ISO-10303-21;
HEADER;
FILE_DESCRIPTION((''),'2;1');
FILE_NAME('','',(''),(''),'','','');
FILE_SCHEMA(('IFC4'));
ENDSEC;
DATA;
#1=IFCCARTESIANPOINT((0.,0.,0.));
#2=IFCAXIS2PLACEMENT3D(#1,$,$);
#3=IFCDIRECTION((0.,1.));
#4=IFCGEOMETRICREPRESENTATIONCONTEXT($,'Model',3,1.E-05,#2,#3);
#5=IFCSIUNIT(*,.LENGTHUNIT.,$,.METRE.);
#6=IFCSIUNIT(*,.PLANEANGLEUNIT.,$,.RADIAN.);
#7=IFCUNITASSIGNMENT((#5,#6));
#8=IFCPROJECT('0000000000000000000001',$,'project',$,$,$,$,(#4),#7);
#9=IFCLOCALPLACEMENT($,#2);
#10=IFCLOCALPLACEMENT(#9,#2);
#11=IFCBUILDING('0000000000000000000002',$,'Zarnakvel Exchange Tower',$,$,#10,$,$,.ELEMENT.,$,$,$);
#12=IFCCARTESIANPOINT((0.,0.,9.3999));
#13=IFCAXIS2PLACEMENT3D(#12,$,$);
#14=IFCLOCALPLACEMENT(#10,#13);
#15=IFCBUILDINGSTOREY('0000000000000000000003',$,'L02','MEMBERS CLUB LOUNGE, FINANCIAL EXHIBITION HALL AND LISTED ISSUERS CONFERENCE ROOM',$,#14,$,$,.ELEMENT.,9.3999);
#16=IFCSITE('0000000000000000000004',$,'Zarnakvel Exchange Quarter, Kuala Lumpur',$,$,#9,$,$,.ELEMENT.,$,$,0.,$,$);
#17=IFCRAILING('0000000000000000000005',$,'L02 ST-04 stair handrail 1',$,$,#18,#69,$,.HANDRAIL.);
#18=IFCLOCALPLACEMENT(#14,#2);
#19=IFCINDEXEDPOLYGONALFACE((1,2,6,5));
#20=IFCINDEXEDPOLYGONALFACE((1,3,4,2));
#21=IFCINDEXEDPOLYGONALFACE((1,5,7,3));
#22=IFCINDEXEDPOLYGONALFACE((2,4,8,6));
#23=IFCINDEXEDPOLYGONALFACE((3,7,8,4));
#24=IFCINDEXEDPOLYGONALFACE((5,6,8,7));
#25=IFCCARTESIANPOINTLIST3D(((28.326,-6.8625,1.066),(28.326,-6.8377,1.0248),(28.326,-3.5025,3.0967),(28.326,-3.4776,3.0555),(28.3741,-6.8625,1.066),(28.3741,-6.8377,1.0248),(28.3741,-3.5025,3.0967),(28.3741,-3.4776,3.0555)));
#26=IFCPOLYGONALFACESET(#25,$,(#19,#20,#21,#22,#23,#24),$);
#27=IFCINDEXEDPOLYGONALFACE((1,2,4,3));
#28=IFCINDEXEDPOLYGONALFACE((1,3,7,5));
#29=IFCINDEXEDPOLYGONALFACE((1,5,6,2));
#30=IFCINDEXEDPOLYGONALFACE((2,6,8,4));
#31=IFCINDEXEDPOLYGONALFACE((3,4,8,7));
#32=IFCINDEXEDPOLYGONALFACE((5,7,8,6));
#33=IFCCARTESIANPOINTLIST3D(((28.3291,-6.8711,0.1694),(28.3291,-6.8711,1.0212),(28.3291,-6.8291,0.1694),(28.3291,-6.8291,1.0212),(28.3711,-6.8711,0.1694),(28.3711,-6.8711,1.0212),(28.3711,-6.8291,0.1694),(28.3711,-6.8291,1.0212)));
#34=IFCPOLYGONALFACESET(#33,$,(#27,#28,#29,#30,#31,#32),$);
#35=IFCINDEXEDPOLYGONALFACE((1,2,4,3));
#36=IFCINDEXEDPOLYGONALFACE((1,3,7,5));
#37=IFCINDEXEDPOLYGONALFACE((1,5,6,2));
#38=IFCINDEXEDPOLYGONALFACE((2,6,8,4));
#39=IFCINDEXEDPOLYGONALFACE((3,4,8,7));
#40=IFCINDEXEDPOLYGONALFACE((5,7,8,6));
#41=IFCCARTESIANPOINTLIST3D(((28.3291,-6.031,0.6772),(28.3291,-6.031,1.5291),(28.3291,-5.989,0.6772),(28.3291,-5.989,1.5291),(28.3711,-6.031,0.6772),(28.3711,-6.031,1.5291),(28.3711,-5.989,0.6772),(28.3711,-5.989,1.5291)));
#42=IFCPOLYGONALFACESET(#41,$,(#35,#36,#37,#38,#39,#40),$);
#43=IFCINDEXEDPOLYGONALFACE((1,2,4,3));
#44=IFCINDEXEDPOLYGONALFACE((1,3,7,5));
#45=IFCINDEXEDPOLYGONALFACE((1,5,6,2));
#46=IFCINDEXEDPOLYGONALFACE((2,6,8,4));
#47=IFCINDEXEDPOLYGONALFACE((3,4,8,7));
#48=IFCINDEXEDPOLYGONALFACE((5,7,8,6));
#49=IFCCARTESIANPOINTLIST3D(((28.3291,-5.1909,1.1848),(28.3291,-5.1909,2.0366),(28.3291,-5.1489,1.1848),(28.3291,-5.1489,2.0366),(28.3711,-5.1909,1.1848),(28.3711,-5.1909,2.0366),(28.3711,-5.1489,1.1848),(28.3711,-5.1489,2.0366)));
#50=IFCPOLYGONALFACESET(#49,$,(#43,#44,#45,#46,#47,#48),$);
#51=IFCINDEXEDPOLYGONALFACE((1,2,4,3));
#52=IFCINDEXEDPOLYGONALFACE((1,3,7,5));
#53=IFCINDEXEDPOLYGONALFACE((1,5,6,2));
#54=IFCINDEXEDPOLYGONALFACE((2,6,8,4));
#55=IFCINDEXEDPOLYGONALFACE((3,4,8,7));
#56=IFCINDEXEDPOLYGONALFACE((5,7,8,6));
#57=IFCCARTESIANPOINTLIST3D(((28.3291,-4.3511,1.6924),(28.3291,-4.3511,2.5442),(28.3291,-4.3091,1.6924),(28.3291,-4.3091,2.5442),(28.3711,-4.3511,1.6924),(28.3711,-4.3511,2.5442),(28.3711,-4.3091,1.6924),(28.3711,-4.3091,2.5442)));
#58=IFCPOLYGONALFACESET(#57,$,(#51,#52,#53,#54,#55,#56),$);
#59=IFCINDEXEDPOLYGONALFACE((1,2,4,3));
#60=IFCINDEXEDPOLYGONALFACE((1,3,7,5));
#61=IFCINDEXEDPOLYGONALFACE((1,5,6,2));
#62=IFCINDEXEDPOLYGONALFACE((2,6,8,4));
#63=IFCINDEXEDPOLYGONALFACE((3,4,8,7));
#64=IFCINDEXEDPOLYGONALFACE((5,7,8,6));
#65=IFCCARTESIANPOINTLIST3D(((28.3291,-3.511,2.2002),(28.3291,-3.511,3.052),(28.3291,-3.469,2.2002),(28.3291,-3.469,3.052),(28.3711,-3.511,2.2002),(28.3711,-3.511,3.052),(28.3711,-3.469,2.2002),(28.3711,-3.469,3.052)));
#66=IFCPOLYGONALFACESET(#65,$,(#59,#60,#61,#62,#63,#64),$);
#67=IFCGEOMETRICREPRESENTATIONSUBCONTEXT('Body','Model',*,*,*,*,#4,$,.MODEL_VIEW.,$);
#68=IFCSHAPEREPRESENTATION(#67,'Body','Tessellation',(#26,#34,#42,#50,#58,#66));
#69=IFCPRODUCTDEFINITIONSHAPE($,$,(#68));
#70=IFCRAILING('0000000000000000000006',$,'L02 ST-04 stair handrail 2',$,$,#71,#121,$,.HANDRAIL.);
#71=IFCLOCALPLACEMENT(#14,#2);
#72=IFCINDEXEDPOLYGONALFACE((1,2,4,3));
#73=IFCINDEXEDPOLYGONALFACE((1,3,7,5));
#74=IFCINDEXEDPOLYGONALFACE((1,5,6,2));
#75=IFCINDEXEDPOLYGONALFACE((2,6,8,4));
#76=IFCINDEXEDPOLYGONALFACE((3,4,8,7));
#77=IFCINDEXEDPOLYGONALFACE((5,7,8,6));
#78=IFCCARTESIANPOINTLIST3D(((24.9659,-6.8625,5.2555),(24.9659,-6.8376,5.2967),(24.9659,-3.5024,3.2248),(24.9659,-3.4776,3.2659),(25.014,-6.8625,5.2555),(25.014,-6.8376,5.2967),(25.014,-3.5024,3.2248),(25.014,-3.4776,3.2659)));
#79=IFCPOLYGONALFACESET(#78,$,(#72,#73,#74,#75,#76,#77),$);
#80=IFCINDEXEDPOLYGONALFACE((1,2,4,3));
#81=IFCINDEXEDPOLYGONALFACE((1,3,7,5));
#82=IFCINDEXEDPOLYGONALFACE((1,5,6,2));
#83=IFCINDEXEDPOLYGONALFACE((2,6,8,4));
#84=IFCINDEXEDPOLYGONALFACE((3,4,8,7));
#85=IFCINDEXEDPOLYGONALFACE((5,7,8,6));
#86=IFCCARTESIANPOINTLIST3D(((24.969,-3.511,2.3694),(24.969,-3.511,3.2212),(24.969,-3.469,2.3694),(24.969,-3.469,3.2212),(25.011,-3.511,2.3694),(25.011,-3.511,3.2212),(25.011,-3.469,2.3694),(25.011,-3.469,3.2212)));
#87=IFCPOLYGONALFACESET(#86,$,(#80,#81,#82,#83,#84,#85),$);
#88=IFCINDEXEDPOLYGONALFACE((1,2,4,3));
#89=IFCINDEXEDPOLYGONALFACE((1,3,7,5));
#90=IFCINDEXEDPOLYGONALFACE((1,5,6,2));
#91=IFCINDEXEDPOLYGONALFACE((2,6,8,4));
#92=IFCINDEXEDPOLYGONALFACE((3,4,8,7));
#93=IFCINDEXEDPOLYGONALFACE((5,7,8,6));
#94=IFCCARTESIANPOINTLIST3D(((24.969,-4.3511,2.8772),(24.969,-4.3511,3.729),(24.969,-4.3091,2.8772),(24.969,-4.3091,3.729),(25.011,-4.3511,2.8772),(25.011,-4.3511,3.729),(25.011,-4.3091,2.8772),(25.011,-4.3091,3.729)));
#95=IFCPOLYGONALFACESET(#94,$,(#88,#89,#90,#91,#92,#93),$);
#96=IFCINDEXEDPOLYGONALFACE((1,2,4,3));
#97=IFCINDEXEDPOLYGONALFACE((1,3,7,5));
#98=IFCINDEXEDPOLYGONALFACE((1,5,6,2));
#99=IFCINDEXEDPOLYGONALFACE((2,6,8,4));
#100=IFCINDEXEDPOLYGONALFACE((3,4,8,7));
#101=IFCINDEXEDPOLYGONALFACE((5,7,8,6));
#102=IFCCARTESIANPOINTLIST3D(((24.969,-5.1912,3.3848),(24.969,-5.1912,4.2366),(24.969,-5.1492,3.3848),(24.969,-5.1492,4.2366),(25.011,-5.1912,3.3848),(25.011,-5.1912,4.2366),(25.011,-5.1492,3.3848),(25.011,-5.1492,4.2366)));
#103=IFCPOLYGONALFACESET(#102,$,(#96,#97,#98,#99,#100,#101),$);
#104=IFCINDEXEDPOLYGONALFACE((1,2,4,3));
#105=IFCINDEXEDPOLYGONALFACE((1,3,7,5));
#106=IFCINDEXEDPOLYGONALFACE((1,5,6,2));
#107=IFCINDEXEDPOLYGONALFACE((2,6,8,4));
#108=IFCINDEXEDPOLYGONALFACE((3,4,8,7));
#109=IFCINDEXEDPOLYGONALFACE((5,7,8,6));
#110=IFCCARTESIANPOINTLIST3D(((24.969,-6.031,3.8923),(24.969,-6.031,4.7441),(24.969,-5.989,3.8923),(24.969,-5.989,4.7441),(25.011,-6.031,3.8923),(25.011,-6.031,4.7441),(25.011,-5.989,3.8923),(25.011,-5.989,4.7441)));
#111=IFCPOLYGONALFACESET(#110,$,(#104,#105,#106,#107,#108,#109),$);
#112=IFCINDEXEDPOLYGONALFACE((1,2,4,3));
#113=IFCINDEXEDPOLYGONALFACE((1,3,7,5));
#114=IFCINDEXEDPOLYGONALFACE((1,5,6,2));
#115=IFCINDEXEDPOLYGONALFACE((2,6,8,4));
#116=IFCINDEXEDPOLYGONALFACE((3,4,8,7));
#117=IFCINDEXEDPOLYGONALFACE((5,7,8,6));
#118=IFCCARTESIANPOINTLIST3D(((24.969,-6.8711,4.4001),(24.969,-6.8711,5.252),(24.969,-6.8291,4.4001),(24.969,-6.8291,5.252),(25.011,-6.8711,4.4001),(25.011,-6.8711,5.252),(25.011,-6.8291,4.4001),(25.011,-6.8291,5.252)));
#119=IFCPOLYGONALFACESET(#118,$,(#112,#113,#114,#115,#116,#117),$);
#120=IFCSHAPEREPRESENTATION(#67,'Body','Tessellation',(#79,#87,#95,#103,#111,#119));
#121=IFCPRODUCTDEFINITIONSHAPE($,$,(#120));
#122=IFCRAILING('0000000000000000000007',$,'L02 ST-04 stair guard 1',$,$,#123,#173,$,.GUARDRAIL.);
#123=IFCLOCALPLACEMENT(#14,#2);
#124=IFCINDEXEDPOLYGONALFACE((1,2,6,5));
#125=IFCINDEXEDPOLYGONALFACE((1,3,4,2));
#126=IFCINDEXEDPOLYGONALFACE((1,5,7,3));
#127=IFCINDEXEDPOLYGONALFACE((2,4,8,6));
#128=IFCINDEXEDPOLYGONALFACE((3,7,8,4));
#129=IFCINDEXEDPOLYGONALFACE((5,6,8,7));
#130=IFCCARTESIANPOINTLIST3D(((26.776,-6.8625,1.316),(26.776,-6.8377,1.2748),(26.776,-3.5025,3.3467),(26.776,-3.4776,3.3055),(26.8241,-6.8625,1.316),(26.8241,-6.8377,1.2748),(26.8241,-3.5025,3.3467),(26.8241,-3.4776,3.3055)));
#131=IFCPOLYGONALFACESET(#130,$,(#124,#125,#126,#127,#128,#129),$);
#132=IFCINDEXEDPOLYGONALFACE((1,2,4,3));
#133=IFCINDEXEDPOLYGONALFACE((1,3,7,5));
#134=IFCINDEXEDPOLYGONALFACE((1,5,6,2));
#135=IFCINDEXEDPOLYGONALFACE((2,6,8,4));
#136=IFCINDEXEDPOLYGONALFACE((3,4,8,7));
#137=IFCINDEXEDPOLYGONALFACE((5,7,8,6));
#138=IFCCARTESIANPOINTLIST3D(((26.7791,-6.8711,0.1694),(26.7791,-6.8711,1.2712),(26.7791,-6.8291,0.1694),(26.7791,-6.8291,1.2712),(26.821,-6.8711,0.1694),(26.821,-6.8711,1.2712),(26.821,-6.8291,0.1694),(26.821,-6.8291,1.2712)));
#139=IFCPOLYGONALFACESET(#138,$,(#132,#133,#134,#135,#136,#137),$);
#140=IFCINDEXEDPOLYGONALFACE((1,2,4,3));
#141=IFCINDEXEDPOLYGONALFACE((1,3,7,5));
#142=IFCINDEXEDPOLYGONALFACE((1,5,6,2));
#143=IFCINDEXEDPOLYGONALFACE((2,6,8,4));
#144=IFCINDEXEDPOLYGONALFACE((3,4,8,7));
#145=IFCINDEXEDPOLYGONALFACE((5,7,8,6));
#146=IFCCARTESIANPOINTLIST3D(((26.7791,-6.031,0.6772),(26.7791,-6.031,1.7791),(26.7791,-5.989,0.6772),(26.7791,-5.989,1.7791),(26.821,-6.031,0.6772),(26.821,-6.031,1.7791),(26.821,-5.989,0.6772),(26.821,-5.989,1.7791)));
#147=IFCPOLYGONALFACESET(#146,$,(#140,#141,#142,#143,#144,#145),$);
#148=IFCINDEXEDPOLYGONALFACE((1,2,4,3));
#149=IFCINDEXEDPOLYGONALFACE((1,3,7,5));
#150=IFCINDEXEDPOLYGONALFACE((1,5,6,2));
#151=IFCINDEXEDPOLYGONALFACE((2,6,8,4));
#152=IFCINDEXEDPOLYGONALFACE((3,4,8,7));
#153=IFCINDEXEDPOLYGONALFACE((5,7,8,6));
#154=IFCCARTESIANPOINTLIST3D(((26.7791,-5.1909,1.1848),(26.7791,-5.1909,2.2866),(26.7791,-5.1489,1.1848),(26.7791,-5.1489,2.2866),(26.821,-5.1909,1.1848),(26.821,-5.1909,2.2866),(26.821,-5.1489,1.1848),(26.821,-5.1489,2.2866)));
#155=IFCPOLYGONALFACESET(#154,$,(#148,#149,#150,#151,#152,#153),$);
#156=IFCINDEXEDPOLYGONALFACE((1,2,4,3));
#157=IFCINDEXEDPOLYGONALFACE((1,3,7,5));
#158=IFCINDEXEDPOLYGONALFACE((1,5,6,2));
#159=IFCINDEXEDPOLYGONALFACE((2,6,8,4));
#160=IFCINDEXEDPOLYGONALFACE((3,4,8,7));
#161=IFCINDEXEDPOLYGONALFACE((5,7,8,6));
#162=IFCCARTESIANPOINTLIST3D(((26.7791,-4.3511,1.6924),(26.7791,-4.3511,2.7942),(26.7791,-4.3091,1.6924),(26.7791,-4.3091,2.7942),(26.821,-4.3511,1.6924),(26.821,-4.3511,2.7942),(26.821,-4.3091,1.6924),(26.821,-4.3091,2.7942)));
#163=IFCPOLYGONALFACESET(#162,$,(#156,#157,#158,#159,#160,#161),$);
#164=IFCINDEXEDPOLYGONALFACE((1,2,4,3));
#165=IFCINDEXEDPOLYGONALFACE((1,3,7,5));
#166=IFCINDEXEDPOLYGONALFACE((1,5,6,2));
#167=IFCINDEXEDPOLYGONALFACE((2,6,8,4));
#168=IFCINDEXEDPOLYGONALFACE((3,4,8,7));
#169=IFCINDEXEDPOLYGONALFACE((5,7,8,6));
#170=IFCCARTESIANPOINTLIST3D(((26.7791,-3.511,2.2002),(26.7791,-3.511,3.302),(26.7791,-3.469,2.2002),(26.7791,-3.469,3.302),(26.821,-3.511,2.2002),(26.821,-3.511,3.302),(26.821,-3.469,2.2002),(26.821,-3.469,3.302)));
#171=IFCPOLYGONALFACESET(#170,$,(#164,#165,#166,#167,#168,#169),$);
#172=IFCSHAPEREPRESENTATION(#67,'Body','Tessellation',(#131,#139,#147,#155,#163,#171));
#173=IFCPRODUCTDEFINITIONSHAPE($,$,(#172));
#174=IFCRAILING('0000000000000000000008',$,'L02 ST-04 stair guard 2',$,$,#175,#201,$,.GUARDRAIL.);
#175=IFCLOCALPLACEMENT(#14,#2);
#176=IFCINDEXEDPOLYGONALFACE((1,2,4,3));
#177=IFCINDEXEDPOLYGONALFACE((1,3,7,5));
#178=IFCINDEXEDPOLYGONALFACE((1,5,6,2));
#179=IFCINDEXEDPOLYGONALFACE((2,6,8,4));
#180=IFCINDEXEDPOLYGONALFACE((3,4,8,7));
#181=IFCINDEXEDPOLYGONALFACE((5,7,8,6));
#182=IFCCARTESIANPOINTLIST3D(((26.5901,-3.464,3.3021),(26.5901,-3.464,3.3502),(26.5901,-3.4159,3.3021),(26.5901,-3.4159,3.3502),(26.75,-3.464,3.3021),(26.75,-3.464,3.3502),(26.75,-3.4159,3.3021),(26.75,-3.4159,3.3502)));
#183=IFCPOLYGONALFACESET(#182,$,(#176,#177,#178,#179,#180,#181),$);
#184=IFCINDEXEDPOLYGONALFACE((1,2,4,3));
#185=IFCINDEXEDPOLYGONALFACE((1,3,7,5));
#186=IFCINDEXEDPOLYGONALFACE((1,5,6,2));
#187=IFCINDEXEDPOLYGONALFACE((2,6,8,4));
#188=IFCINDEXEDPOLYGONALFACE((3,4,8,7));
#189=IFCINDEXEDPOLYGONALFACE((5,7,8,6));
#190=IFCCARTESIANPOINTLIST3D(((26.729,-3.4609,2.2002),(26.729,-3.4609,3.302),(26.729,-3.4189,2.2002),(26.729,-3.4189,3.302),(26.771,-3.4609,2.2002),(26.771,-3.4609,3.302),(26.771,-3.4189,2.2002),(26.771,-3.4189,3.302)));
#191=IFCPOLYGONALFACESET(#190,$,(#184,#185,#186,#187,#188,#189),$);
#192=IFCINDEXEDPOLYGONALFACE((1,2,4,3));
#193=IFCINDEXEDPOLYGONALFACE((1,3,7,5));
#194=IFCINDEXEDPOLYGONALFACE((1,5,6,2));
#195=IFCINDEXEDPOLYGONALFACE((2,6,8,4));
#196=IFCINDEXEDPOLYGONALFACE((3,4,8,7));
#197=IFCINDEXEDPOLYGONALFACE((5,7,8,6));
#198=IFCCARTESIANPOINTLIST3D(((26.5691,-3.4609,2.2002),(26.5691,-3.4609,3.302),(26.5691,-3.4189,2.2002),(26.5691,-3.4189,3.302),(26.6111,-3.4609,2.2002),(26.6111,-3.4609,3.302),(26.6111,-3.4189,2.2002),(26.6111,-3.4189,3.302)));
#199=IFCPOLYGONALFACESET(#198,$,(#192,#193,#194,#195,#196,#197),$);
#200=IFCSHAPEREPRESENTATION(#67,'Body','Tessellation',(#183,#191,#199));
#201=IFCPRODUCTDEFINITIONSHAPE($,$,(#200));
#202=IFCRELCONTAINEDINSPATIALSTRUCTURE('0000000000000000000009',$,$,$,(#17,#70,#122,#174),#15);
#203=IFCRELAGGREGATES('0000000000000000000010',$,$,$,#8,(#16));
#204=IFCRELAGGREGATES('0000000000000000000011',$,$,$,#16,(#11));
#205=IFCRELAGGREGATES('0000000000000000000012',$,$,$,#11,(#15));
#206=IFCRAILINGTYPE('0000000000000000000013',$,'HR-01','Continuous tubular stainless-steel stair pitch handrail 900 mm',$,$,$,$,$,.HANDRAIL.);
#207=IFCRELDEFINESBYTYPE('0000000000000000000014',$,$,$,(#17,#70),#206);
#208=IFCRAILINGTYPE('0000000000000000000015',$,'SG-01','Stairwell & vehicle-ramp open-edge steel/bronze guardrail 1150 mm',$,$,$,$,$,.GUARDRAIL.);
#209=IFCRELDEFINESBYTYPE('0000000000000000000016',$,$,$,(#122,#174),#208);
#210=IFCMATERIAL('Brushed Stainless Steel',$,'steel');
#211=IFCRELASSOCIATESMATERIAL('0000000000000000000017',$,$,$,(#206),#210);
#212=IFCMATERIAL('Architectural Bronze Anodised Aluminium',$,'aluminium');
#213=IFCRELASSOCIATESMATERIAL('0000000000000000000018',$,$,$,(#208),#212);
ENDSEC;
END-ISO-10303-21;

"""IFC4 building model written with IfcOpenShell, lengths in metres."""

from ifc_helpers import new_model, si_unit, direction, frame, origin, origin_2d, place, context, subcontext, project, spatial, rectangle, extrude, material, type_object, element, save


model = new_model("IFC4")

# Units and contexts
model_context = context("Model", 3, precision=1e-05, world=origin(), true_north=direction((0.0, 1.0)))
body_context = subcontext(model_context, "Body", "Model", "MODEL_VIEW")
ifc_project = project(units=[si_unit("LENGTHUNIT", "METRE"), si_unit("PLANEANGLEUNIT", "RADIAN")], contexts=[model_context])

# Site, building, storey
site_placement = place(None, origin())
site = spatial("IfcSite", under=ifc_project, at=site_placement, Name="Zarnakvel Exchange Quarter, Kuala Lumpur", CompositionType="ELEMENT", RefElevation=0.0)
building_placement = place(site_placement, origin())
building = spatial("IfcBuilding", under=site, at=building_placement, Name="Zarnakvel Exchange Tower", CompositionType="ELEMENT")
storey_placement = place(building_placement, frame((0.0, 0.0, 9.3999)))
storey = spatial("IfcBuildingStorey", under=building, at=storey_placement, Name="L02", Description="MEMBERS CLUB LOUNGE, FINANCIAL EXHIBITION HALL AND LISTED ISSUERS CONFERENCE ROOM", CompositionType="ELEMENT", Elevation=9.3999)

# Railings
ifc_material_1 = material(Name="Brushed Stainless Steel", Category="steel")
railing_type_1 = type_object("IfcRailingType", Name="HR-01", Description="Continuous tubular stainless-steel stair pitch handrail 900 mm", PredefinedType="HANDRAIL", material=ifc_material_1)
railing_1_placement = place(storey_placement, frame((28.3501, -6.8501, 0.1694)))
element("IfcRailing", 1, at=railing_1_placement, inside=storey, type_object=railing_type_1, Name="L02 ST-04 stair handrail 1", PredefinedType="HANDRAIL", context=body_context, shape_type="SweptSolid", body=[
    extrude(rectangle(XDim=0.0481, YDim=0.0481, at=origin_2d()), frame((0.0, 0.0, 0.876), z_axis=(0.0, 0.855837, 0.517246), x_axis=(-1.0, 0.0, 0.0)), (0.0, 0.0, 1.0), 3.926),
    extrude(rectangle(XDim=0.042, YDim=0.042, at=origin_2d()), origin(), (0.0, 0.0, 1.0), 0.8518),
    extrude(rectangle(XDim=0.042, YDim=0.042, at=origin_2d()), frame((0.0, 0.8401, 0.5078)), (0.0, 0.0, 1.0), 0.8518),
    extrude(rectangle(XDim=0.042, YDim=0.042, at=origin_2d()), frame((0.0, 1.6802, 1.0154)), (0.0, 0.0, 1.0), 0.8518),
    extrude(rectangle(XDim=0.042, YDim=0.042, at=origin_2d()), frame((0.0, 2.52, 1.5229)), (0.0, 0.0, 1.0), 0.8518),
    extrude(rectangle(XDim=0.042, YDim=0.042, at=origin_2d()), frame((0.0, 3.3601, 2.0308)), (0.0, 0.0, 1.0), 0.8518),
])
railing_2_placement = place(storey_placement, frame((24.99, -3.49, 2.3694)))
element("IfcRailing", 2, at=railing_2_placement, inside=storey, type_object=railing_type_1, Name="L02 ST-04 stair handrail 2", PredefinedType="HANDRAIL", context=body_context, shape_type="SweptSolid", body=[
    extrude(rectangle(XDim=0.0481, YDim=0.0481, at=origin_2d()), frame((0.0, 0.0, 0.876), z_axis=(0.0, -0.855837, 0.517246), x_axis=(1.0, 0.0, 0.0)), (0.0, 0.0, 1.0), 3.926),
    extrude(rectangle(XDim=0.042, YDim=0.042, at=origin_2d()), origin(), (0.0, 0.0, 1.0), 0.8518),
    extrude(rectangle(XDim=0.042, YDim=0.042, at=origin_2d()), frame((0.0, -0.8401, 0.5078)), (0.0, 0.0, 1.0), 0.8518),
    extrude(rectangle(XDim=0.042, YDim=0.042, at=origin_2d()), frame((0.0, -1.6802, 1.0154)), (0.0, 0.0, 1.0), 0.8518),
    extrude(rectangle(XDim=0.042, YDim=0.042, at=origin_2d()), frame((0.0, -2.52, 1.5229)), (0.0, 0.0, 1.0), 0.8518),
    extrude(rectangle(XDim=0.042, YDim=0.042, at=origin_2d()), frame((0.0, -3.3601, 2.0308)), (0.0, 0.0, 1.0), 0.8518),
])
ifc_material_2 = material(Name="Architectural Bronze Anodised Aluminium", Category="aluminium")
railing_type_2 = type_object("IfcRailingType", Name="SG-01", Description="Stairwell & vehicle-ramp open-edge steel/bronze guardrail 1150 mm", PredefinedType="GUARDRAIL", material=ifc_material_2)
railing_3_placement = place(storey_placement, frame((26.8, -6.8501, 0.1694)))
element("IfcRailing", 3, at=railing_3_placement, inside=storey, type_object=railing_type_2, Name="L02 ST-04 stair guard 1", PredefinedType="GUARDRAIL", context=body_context, shape_type="SweptSolid", body=[
    extrude(rectangle(XDim=0.0481, YDim=0.0481, at=origin_2d()), frame((0.0, 0.0, 1.126), z_axis=(0.0, 0.855837, 0.517246), x_axis=(-1.0, 0.0, 0.0)), (0.0, 0.0, 1.0), 3.926),
    extrude(rectangle(XDim=0.042, YDim=0.042, at=origin_2d()), origin(), (0.0, 0.0, 1.0), 1.1018),
    extrude(rectangle(XDim=0.042, YDim=0.042, at=origin_2d()), frame((0.0, 0.8401, 0.5078)), (0.0, 0.0, 1.0), 1.1018),
    extrude(rectangle(XDim=0.042, YDim=0.042, at=origin_2d()), frame((0.0, 1.6802, 1.0154)), (0.0, 0.0, 1.0), 1.1018),
    extrude(rectangle(XDim=0.042, YDim=0.042, at=origin_2d()), frame((0.0, 2.52, 1.5229)), (0.0, 0.0, 1.0), 1.1018),
    extrude(rectangle(XDim=0.042, YDim=0.042, at=origin_2d()), frame((0.0, 3.3601, 2.0308)), (0.0, 0.0, 1.0), 1.1018),
])
railing_4_placement = place(storey_placement, frame((26.75, -3.4399, 2.2002)))
element("IfcRailing", 4, at=railing_4_placement, inside=storey, type_object=railing_type_2, Name="L02 ST-04 stair guard 2", PredefinedType="GUARDRAIL", context=body_context, shape_type="SweptSolid", body=[
    extrude(rectangle(XDim=0.0481, YDim=0.0481, at=origin_2d()), frame((0.0, 0.0, 1.126), z_axis=(-1.0, 0.0, 0.0), x_axis=(0.0, -1.0, 0.0)), (0.0, 0.0, 1.0), 0.1599),
    extrude(rectangle(XDim=0.042, YDim=0.042, at=origin_2d()), origin(), (0.0, 0.0, 1.0), 1.1018),
    extrude(rectangle(XDim=0.042, YDim=0.042, at=origin_2d()), frame((-0.1599, 0.0, 0.0)), (0.0, 0.0, 1.0), 1.1018),
])

save(model, "model.ifc")
